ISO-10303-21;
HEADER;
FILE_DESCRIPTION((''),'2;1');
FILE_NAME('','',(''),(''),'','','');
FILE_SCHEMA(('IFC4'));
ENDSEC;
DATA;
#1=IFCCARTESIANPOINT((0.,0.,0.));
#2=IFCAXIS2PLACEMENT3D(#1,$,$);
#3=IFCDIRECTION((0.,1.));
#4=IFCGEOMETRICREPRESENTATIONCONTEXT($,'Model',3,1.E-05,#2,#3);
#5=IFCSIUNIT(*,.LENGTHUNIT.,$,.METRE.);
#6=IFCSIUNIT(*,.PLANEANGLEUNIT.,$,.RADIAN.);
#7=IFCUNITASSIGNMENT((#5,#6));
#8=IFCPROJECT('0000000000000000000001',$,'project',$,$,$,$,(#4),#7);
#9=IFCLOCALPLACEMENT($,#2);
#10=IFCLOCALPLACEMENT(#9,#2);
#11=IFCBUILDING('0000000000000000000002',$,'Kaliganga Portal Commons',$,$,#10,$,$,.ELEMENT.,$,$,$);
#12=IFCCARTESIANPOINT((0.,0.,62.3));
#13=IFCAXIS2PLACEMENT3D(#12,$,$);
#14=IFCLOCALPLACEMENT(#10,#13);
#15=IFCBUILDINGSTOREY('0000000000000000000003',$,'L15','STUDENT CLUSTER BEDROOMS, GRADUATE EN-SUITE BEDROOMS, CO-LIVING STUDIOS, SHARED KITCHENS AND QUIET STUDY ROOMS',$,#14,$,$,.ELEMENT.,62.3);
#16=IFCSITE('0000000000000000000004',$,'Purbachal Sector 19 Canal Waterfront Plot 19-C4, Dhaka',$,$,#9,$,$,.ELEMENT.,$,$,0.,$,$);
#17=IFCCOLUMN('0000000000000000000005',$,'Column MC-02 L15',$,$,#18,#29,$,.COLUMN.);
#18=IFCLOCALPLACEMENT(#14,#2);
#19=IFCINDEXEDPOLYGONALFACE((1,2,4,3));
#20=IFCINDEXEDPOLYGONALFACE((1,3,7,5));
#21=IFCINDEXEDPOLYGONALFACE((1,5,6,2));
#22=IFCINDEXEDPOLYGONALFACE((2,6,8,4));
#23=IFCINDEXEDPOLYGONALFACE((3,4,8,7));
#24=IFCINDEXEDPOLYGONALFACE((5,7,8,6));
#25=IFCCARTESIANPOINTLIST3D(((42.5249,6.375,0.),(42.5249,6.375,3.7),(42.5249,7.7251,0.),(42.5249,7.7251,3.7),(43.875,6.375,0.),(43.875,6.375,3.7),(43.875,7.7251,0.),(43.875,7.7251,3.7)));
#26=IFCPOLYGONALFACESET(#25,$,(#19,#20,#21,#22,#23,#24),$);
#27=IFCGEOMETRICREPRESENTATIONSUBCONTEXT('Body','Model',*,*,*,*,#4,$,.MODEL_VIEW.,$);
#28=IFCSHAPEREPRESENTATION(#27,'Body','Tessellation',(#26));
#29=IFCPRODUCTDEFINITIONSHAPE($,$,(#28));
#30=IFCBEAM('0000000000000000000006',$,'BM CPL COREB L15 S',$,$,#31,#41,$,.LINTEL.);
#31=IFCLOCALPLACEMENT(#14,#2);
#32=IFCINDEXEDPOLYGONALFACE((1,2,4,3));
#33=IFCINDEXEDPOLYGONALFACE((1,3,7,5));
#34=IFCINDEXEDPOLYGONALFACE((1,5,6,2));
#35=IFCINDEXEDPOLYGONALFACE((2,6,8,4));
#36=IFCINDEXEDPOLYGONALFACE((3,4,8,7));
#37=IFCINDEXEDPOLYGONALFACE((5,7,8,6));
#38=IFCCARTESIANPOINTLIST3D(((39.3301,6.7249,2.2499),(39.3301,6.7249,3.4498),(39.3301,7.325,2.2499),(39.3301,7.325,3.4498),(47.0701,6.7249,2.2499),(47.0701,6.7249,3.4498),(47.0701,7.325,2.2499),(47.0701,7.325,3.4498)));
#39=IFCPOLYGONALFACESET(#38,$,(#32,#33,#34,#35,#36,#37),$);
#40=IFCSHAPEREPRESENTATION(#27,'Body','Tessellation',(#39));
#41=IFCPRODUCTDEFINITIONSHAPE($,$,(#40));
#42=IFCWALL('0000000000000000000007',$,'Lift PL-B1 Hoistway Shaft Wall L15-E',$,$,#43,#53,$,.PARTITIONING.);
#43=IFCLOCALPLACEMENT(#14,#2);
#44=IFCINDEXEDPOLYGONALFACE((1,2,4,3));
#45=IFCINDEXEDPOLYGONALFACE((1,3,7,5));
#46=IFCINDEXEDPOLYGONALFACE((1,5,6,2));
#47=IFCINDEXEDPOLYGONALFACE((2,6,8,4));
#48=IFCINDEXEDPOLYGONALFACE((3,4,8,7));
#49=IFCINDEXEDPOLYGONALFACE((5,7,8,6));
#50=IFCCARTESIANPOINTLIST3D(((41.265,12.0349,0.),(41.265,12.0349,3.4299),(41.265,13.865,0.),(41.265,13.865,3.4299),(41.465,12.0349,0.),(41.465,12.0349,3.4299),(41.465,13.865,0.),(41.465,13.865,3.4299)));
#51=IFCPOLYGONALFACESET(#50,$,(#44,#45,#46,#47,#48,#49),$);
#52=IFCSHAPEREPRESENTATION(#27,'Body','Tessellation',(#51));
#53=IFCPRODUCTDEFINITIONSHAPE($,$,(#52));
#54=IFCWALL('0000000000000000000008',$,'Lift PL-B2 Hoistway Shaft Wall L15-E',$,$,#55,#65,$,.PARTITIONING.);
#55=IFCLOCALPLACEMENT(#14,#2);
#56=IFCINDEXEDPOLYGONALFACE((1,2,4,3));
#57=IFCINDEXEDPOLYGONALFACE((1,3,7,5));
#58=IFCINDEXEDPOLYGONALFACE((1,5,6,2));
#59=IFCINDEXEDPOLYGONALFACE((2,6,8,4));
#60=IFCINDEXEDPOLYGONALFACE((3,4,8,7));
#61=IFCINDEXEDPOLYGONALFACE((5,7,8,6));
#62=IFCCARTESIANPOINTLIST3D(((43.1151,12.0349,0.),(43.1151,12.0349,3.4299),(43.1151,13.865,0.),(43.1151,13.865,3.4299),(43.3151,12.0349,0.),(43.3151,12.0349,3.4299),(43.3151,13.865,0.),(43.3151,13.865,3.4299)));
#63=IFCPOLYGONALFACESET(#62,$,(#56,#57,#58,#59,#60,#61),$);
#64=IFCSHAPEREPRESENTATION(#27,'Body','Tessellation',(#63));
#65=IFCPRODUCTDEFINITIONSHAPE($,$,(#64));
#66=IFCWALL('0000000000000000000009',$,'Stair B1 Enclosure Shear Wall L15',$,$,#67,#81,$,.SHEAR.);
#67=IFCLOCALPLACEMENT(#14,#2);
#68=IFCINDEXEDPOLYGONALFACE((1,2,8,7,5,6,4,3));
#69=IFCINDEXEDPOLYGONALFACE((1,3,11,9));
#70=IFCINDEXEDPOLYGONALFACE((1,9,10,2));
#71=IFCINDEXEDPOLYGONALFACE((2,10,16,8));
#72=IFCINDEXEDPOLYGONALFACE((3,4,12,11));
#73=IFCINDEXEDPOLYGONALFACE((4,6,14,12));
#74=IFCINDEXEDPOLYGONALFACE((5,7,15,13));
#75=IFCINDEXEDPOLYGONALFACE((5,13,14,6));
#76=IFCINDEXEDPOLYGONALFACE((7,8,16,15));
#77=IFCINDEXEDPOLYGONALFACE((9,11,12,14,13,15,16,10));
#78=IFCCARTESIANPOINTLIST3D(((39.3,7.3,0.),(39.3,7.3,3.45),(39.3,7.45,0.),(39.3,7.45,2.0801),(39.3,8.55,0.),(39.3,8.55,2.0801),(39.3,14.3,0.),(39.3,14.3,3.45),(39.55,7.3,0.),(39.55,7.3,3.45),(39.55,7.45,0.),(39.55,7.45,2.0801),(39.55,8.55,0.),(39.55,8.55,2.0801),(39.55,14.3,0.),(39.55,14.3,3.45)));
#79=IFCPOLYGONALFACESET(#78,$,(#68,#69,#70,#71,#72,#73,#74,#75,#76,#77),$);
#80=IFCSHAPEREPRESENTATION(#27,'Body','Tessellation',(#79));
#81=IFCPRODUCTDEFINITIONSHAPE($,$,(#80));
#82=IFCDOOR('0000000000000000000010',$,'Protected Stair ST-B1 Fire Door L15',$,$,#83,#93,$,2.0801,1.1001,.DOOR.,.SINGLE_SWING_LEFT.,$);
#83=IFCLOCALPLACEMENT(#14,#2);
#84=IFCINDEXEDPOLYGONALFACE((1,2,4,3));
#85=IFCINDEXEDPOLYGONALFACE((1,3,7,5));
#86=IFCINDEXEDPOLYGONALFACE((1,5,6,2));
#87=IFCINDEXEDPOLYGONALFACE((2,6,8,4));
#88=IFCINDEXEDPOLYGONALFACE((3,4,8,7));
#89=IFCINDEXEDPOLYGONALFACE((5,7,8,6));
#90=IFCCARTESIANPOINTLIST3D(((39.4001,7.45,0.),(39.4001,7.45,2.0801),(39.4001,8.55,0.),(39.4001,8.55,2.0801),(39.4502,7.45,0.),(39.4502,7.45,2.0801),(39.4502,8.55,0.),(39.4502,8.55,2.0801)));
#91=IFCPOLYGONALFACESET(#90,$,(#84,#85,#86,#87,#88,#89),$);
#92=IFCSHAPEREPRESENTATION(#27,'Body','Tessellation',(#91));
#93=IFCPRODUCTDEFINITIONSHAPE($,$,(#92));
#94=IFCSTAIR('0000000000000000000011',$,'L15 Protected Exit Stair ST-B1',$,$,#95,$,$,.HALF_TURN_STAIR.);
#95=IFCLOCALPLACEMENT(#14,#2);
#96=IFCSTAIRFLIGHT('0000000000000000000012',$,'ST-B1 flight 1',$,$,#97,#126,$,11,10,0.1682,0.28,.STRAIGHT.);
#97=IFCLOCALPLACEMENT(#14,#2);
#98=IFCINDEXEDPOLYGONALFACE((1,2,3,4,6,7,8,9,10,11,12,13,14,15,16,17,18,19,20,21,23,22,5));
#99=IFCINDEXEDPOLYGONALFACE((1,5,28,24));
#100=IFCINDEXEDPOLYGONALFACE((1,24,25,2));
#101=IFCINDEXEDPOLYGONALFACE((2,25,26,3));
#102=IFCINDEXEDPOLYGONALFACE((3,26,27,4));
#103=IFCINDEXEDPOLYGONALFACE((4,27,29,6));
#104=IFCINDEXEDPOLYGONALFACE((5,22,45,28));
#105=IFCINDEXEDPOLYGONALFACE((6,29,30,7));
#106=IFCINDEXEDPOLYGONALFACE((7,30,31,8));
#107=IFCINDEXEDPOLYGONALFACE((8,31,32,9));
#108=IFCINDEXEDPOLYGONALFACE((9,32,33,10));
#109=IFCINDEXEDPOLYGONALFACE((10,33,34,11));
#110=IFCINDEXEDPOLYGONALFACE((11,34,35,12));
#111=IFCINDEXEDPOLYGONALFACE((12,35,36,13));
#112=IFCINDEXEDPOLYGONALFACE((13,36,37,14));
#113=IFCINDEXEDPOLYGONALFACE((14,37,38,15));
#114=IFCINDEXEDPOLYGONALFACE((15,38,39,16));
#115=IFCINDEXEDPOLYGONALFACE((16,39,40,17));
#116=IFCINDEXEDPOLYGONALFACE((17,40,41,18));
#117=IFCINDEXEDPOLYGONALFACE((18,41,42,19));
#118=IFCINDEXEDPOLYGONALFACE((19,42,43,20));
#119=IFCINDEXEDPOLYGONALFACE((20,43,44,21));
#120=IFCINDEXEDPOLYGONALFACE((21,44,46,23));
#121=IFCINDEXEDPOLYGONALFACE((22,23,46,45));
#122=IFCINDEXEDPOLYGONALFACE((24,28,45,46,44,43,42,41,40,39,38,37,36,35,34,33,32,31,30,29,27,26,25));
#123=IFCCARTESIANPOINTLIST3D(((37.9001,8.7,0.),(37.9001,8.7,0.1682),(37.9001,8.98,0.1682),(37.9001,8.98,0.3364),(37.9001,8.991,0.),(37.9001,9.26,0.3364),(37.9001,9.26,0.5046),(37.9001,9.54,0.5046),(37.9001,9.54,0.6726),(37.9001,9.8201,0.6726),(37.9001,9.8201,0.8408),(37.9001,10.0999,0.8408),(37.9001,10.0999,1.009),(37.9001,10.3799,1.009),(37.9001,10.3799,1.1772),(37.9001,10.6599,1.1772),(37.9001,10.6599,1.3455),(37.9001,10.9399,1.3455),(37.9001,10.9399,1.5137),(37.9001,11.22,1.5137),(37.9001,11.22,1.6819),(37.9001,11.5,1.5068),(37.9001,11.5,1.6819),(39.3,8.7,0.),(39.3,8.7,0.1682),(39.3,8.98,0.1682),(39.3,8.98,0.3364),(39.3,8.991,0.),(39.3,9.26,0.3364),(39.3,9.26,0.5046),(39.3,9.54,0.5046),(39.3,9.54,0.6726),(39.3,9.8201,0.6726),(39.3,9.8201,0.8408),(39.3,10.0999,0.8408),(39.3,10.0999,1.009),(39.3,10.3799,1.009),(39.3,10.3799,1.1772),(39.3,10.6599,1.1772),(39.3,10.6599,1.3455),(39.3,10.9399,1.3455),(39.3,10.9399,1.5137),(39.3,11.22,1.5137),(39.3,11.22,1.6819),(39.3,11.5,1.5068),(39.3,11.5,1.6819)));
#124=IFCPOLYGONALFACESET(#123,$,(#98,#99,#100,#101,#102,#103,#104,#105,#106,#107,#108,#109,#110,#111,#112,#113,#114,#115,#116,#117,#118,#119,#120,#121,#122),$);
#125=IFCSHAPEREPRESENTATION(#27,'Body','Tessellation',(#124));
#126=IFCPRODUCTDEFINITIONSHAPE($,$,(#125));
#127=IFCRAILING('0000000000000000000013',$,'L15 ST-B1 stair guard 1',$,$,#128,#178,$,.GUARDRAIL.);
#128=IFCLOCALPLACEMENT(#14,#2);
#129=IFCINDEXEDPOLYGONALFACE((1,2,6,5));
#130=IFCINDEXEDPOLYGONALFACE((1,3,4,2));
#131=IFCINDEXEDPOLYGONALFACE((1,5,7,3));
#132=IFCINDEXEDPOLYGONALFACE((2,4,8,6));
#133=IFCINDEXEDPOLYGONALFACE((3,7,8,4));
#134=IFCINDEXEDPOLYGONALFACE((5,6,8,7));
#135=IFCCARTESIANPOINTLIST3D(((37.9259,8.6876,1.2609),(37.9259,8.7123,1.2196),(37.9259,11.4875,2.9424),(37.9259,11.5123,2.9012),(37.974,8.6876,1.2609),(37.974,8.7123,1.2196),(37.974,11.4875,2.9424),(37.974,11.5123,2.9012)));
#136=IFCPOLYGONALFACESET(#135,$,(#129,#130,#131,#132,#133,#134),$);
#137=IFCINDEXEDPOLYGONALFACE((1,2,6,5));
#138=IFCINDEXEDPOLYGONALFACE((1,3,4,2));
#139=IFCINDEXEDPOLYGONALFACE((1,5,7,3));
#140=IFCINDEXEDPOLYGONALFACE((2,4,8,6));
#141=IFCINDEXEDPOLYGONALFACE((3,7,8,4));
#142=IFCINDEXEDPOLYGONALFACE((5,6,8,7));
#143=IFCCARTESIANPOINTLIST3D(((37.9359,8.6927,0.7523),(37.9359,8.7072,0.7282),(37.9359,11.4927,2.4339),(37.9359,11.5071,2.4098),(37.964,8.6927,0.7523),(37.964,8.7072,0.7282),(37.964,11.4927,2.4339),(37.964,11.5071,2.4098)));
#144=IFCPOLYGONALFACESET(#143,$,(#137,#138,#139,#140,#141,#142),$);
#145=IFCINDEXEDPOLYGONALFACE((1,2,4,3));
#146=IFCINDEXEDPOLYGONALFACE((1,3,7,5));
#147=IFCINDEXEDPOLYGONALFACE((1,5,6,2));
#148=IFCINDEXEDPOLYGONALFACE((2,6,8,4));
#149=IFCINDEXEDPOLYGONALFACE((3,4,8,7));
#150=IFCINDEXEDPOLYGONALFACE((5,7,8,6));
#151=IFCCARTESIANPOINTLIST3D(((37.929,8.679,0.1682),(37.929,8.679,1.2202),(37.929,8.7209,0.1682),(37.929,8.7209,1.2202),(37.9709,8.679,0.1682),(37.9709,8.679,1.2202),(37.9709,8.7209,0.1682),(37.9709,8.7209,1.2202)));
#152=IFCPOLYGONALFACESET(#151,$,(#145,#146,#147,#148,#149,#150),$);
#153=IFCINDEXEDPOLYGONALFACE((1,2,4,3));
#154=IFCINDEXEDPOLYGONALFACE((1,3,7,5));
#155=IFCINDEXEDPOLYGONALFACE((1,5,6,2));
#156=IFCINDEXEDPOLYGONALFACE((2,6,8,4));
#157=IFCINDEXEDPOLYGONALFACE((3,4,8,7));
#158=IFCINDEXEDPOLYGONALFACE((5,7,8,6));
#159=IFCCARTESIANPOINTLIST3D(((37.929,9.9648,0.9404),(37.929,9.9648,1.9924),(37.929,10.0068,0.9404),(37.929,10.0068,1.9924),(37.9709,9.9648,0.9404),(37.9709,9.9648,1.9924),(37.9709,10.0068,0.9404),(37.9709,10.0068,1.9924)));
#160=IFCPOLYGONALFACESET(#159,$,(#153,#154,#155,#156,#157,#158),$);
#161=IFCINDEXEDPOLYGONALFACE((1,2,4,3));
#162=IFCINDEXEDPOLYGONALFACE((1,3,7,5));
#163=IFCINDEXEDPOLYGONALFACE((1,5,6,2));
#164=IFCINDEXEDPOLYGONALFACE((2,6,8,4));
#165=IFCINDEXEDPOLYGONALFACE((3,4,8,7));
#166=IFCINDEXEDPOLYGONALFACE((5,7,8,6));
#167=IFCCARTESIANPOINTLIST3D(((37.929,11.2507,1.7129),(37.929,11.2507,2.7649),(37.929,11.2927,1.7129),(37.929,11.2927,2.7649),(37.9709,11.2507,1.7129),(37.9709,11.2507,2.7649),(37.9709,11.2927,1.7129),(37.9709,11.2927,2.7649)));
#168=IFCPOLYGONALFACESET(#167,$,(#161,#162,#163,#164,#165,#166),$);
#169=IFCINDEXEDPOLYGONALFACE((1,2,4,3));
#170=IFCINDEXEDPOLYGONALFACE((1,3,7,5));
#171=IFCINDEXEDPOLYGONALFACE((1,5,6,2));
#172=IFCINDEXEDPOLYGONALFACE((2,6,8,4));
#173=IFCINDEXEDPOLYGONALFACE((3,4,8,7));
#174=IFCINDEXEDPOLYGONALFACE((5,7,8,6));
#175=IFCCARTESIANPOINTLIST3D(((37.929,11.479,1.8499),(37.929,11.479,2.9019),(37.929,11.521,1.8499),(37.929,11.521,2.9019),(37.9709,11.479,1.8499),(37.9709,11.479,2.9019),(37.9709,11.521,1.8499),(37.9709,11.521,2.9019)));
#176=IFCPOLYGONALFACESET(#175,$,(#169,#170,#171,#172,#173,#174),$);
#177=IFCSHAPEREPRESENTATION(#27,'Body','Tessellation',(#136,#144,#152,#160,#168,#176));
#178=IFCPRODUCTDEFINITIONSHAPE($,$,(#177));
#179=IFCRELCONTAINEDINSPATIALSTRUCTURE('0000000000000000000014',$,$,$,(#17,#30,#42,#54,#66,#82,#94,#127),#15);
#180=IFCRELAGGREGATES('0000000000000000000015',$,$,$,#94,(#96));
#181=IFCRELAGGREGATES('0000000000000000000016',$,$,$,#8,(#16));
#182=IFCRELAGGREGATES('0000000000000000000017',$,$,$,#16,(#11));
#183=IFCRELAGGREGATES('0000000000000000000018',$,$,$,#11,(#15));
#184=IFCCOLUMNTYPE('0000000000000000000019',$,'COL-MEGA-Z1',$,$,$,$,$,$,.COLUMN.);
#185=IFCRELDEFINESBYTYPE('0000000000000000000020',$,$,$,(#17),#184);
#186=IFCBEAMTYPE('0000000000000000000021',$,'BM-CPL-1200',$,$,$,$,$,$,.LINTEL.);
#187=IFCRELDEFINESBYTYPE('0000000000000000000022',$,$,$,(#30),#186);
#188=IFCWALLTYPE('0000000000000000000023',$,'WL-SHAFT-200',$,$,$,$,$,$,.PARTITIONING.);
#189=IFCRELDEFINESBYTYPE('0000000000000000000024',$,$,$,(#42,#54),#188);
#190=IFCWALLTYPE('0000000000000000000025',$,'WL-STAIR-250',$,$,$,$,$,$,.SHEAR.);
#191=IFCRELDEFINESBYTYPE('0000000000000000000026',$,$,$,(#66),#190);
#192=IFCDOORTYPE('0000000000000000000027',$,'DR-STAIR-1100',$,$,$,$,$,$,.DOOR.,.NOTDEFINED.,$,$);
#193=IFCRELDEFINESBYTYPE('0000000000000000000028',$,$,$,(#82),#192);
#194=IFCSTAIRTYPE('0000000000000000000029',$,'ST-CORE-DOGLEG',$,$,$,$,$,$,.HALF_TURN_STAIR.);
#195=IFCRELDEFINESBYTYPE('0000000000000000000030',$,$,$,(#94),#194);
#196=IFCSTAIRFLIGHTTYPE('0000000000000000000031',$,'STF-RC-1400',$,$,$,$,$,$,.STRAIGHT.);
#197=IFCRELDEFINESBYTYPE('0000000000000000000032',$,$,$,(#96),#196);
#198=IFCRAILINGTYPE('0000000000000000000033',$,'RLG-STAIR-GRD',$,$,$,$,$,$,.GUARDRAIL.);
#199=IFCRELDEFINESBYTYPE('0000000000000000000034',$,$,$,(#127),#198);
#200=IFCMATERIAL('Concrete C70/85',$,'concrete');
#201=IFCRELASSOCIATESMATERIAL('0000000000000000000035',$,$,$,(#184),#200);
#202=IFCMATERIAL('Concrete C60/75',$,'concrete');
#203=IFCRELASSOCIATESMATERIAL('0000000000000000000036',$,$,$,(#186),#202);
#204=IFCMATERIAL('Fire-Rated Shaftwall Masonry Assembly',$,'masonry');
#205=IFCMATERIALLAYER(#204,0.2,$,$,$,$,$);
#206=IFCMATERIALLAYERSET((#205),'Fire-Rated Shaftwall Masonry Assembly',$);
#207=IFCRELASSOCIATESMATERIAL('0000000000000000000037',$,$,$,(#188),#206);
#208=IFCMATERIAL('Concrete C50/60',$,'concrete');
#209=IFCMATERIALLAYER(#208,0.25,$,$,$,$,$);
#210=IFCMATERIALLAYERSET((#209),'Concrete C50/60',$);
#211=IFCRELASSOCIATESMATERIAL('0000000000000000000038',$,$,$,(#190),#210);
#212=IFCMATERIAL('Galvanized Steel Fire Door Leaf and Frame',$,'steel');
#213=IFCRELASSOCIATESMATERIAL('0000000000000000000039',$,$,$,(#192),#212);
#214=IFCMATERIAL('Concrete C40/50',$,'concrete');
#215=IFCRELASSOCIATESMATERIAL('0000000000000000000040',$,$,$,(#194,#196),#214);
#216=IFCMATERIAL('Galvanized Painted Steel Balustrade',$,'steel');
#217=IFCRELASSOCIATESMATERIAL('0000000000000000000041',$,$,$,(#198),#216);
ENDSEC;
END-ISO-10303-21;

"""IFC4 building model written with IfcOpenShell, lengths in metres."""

from ifc_helpers import new_model, si_unit, direction, frame, frame_2d, origin, origin_2d, place, context, subcontext, project, spatial, polyline, rectangle, outline, extrude, source, transform, mapped, material, layer, layer_set, material_profile, profile_set, type_object, element, fill, aggregate, save


model = new_model("IFC4")

# Units and contexts
model_context = context("Model", 3, precision=1e-05, world=origin(), true_north=direction((0.0, 1.0)))
body_context = subcontext(model_context, "Body", "Model", "MODEL_VIEW")
ifc_project = project(units=[si_unit("LENGTHUNIT", "METRE"), si_unit("PLANEANGLEUNIT", "RADIAN")], contexts=[model_context])

# Site, building, storey
site_placement = place(None, origin())
site = spatial("IfcSite", under=ifc_project, at=site_placement, Name="Purbachal Sector 19 Canal Waterfront Plot 19-C4, Dhaka", CompositionType="ELEMENT", RefElevation=0.0)
building_placement = place(site_placement, origin())
building = spatial("IfcBuilding", under=site, at=building_placement, Name="Kaliganga Portal Commons", CompositionType="ELEMENT")
storey_placement = place(building_placement, frame((0.0, 0.0, 62.3)))
storey = spatial("IfcBuildingStorey", under=building, at=storey_placement, Name="L15", Description="STUDENT CLUSTER BEDROOMS, GRADUATE EN-SUITE BEDROOMS, CO-LIVING STUDIOS, SHARED KITCHENS AND QUIET STUDY ROOMS", CompositionType="ELEMENT", Elevation=62.3)

# Column
ifc_material_1 = material(Name="Concrete C70/85", Category="concrete")
ifc_material_profile_1 = material_profile(ifc_material_1, rectangle(XDim=1.3501, YDim=1.3501, at=origin_2d()), Name="RC 1350x1350")
ifc_profile_set_1 = profile_set([ifc_material_profile_1], Name="Concrete C70/85")
column_type = type_object("IfcColumnType", Name="COL-MEGA-Z1", PredefinedType="COLUMN", material=ifc_profile_set_1)
shared_shape_1 = source(origin(), body_context, "Body", "SweptSolid", [
    extrude(rectangle(XDim=1.3501, YDim=1.3501, at=origin_2d()), origin(), (0.0, 0.0, 1.0), 3.7),
])
column_placement = place(storey_placement, frame((43.2, 7.05, 0.0), z_axis=(0.0, 0.0, 1.0), x_axis=(1.0, 0.0, 0.0)))
element("IfcColumn", 1, at=column_placement, inside=storey, type_object=column_type, Name="Column MC-02 L15", PredefinedType="COLUMN", context=body_context, shape_type="MappedRepresentation", body=[
    mapped(shared_shape_1, transform((0.0, 0.0, 0.0), x_axis=(1.0, 0.0, 0.0), y_axis=(0.0, 1.0, 0.0), z_axis=(0.0, 0.0, 1.0), scale=1.0)),
])

# Beam
ifc_material_2 = material(Name="Concrete C60/75", Category="concrete")
ifc_material_profile_2 = material_profile(ifc_material_2, rectangle(XDim=0.6001, YDim=1.2, at=origin_2d()), Name="RC 600x1200")
ifc_profile_set_2 = profile_set([ifc_material_profile_2], Name="Concrete C60/75")
beam_type = type_object("IfcBeamType", Name="BM-CPL-1200", PredefinedType="LINTEL", material=ifc_profile_set_2)
shared_shape_2 = source(origin(), body_context, "Body", "SweptSolid", [
    extrude(rectangle(XDim=0.6001, YDim=1.2, at=origin_2d()), origin(), (0.0, 0.0, 1.0), 7.74),
])
beam_placement = place(storey_placement, frame((39.3301, 7.0249, 2.8499), z_axis=(1.0, 0.0, 0.0), x_axis=(0.0, 1.0, 0.0)))
element("IfcBeam", 2, at=beam_placement, inside=storey, type_object=beam_type, Name="BM CPL COREB L15 S", PredefinedType="LINTEL", context=body_context, shape_type="MappedRepresentation", body=[
    mapped(shared_shape_2, transform((0.0, 0.0, 0.0), x_axis=(1.0, 0.0, 0.0), y_axis=(0.0, 1.0, 0.0), z_axis=(0.0, 0.0, 1.0), scale=1.0)),
])

# Shared definitions
ifc_material_3 = material(Name="Fire-Rated Shaftwall Masonry Assembly", Category="masonry")
ifc_layer_1 = layer(ifc_material_3, 0.2)
ifc_layer_set_1 = layer_set([ifc_layer_1], Name="Fire-Rated Shaftwall Masonry Assembly")
wall_type_1 = type_object("IfcWallType", Name="WL-SHAFT-200", PredefinedType="PARTITIONING", material=ifc_layer_set_1)

# Wall
wall_1_placement = place(storey_placement, frame((41.365, 12.0349, 0.0), z_axis=(0.0, 0.0, 1.0), x_axis=(0.0, 1.0, 0.0)))
element("IfcWall", 3, at=wall_1_placement, inside=storey, type_object=wall_type_1, Name="Lift PL-B1 Hoistway Shaft Wall L15-E", PredefinedType="PARTITIONING", context=body_context, shape_type="SweptSolid", body=[
    extrude(rectangle(XDim=1.8301, YDim=0.2, at=frame_2d((0.915, 0.0))), origin(), (0.0, 0.0, 1.0), 3.4299),
])

# Wall
wall_2_placement = place(storey_placement, frame((43.2151, 12.0349, 0.0), z_axis=(0.0, 0.0, 1.0), x_axis=(0.0, 1.0, 0.0)))
element("IfcWall", 4, at=wall_2_placement, inside=storey, type_object=wall_type_1, Name="Lift PL-B2 Hoistway Shaft Wall L15-E", PredefinedType="PARTITIONING", context=body_context, shape_type="SweptSolid", body=[
    extrude(rectangle(XDim=1.8301, YDim=0.2, at=frame_2d((0.915, 0.0))), origin(), (0.0, 0.0, 1.0), 3.4299),
])

# Wall, opening, door
ifc_material_4 = material(Name="Concrete C50/60", Category="concrete")
ifc_layer_2 = layer(ifc_material_4, 0.25)
ifc_layer_set_2 = layer_set([ifc_layer_2], Name="Concrete C50/60")
wall_type_2 = type_object("IfcWallType", Name="WL-STAIR-250", PredefinedType="SHEAR", material=ifc_layer_set_2)
wall_3_placement = place(storey_placement, frame((39.425, 7.3, 0.0), z_axis=(0.0, 0.0, 1.0), x_axis=(0.0, 1.0, 0.0)))
wall_3 = element("IfcWall", 5, at=wall_3_placement, inside=storey, type_object=wall_type_2, Name="Stair B1 Enclosure Shear Wall L15", PredefinedType="SHEAR", context=body_context, shape_type="SweptSolid", body=[
    extrude(rectangle(XDim=7.0, YDim=0.25, at=frame_2d((3.5, 0.0))), origin(), (0.0, 0.0, 1.0), 3.45),
])
opening_1_placement = place(wall_3_placement, frame((0.1499, 0.0, 0.0)))
opening_1 = element("IfcOpeningElement", 6, at=opening_1_placement, cuts=wall_3, PredefinedType="OPENING", context=body_context, shape_type="SweptSolid", body=[
    extrude(rectangle(XDim=1.1001, YDim=2.0801, at=frame_2d((0.55, 1.04))), frame((0.0, 0.135, 0.0), z_axis=(0.0, -1.0, 0.0), x_axis=(1.0, 0.0, 0.0)), (0.0, 0.0, 1.0), 0.27),
])
ifc_material_5 = material(Name="Galvanized Steel Fire Door Leaf and Frame", Category="steel")
door_type_1 = type_object("IfcDoorType", Name="DR-STAIR-1100", OperationType="NOTDEFINED", PredefinedType="DOOR", material=ifc_material_5)
door_1_placement = place(opening_1_placement, origin())
door_1 = element("IfcDoor", 7, at=door_1_placement, inside=storey, type_object=door_type_1, Name="Protected Stair ST-B1 Fire Door L15", OperationType="SINGLE_SWING_LEFT", OverallHeight=2.0801, OverallWidth=1.1001, PredefinedType="DOOR", context=body_context, shape_type="SweptSolid", body=[
    extrude(rectangle(XDim=1.1001, YDim=2.0801, at=frame_2d((0.55, 1.04))), frame((0.0, 0.0249, 0.0), z_axis=(0.0, -1.0, 0.0), x_axis=(1.0, 0.0, 0.0)), (0.0, 0.0, 1.0), 0.05),
])
fill(opening_1, door_1)

# Stair, stair flight
ifc_material_6 = material(Name="Concrete C40/50", Category="concrete")
stair_type = type_object("IfcStairType", Name="ST-CORE-DOGLEG", PredefinedType="HALF_TURN_STAIR", material=ifc_material_6)
stair_placement = place(storey_placement, origin())
stair = element("IfcStair", 8, at=stair_placement, inside=storey, type_object=stair_type, Name="L15 Protected Exit Stair ST-B1", PredefinedType="HALF_TURN_STAIR")
stair_flight_type = type_object("IfcStairFlightType", Name="STF-RC-1400", PredefinedType="STRAIGHT", material=ifc_material_6)
stair_flight_placement = place(storey_placement, frame((38.6001, 8.7, 0.0), z_axis=(0.0, 0.0, 1.0), x_axis=(0.0, 1.0, 0.0)))
stair_flight = element("IfcStairFlight", 9, at=stair_flight_placement, type_object=stair_flight_type, Name="ST-B1 flight 1", NumberOfRisers=11, NumberOfTreads=10, PredefinedType="STRAIGHT", RiserHeight=0.1682, TreadLength=0.28, context=body_context, shape_type="SweptSolid", body=[
    extrude(outline(polyline([(0.0, 0.0), (0.0, 0.1682), (0.28, 0.1682), (0.28, 0.3364), (0.5601, 0.3364), (0.5601, 0.5046), (0.8401, 0.5046), (0.8401, 0.6726), (1.1201, 0.6726), (1.1201, 0.8408), (1.3999, 0.8408), (1.3999, 1.009), (1.6799, 1.009), (1.6799, 1.1772), (1.96, 1.1772), (1.96, 1.3455), (2.24, 1.3455), (2.24, 1.5137), (2.52, 1.5137), (2.52, 1.6819), (2.8, 1.6819), (2.8, 1.8501), (2.8, 1.5068), (0.291, 0.0), (0.0, 0.0)])), frame((0.0, 0.7, 0.0), z_axis=(0.0, -1.0, 0.0), x_axis=(1.0, 0.0, 0.0)), (0.0, 0.0, 1.0), 1.3999),
])
aggregate(stair, [stair_flight])

# Railing
ifc_material_7 = material(Name="Galvanized Painted Steel Balustrade", Category="steel")
railing_type_1 = type_object("IfcRailingType", Name="RLG-STAIR-GRD", PredefinedType="GUARDRAIL", material=ifc_material_7)
railing_1_placement = place(storey_placement, frame((37.95, 8.7, 0.1682)))
element("IfcRailing", 10, at=railing_1_placement, inside=storey, type_object=railing_type_1, Name="L15 ST-B1 stair guard 1", PredefinedType="GUARDRAIL", context=body_context, shape_type="SweptSolid", body=[
    extrude(rectangle(XDim=0.0481, YDim=0.0481, at=origin_2d()), frame((0.0, 0.0, 1.072), z_axis=(0.0, 0.857275, 0.514858), x_axis=(-1.0, 0.0, 0.0)), (0.0, 0.0, 1.0), 3.2661),
    extrude(rectangle(XDim=0.0281, YDim=0.0281, at=origin_2d()), frame((0.0, 0.0, 0.572), z_axis=(0.0, 0.857275, 0.514858), x_axis=(-1.0, 0.0, 0.0)), (0.0, 0.0, 1.0), 3.2661),
    extrude(rectangle(XDim=0.042, YDim=0.042, at=origin_2d()), origin(), (0.0, 0.0, 1.0), 1.052),
    extrude(rectangle(XDim=0.042, YDim=0.042, at=origin_2d()), frame((0.0, 1.2859, 0.7722)), (0.0, 0.0, 1.0), 1.052),
    extrude(rectangle(XDim=0.042, YDim=0.042, at=origin_2d()), frame((0.0, 2.5718, 1.5447)), (0.0, 0.0, 1.0), 1.052),
    extrude(rectangle(XDim=0.042, YDim=0.042, at=origin_2d()), frame((0.0, 2.8, 1.6816)), (0.0, 0.0, 1.0), 1.052),
])

save(model, "model.ifc")
